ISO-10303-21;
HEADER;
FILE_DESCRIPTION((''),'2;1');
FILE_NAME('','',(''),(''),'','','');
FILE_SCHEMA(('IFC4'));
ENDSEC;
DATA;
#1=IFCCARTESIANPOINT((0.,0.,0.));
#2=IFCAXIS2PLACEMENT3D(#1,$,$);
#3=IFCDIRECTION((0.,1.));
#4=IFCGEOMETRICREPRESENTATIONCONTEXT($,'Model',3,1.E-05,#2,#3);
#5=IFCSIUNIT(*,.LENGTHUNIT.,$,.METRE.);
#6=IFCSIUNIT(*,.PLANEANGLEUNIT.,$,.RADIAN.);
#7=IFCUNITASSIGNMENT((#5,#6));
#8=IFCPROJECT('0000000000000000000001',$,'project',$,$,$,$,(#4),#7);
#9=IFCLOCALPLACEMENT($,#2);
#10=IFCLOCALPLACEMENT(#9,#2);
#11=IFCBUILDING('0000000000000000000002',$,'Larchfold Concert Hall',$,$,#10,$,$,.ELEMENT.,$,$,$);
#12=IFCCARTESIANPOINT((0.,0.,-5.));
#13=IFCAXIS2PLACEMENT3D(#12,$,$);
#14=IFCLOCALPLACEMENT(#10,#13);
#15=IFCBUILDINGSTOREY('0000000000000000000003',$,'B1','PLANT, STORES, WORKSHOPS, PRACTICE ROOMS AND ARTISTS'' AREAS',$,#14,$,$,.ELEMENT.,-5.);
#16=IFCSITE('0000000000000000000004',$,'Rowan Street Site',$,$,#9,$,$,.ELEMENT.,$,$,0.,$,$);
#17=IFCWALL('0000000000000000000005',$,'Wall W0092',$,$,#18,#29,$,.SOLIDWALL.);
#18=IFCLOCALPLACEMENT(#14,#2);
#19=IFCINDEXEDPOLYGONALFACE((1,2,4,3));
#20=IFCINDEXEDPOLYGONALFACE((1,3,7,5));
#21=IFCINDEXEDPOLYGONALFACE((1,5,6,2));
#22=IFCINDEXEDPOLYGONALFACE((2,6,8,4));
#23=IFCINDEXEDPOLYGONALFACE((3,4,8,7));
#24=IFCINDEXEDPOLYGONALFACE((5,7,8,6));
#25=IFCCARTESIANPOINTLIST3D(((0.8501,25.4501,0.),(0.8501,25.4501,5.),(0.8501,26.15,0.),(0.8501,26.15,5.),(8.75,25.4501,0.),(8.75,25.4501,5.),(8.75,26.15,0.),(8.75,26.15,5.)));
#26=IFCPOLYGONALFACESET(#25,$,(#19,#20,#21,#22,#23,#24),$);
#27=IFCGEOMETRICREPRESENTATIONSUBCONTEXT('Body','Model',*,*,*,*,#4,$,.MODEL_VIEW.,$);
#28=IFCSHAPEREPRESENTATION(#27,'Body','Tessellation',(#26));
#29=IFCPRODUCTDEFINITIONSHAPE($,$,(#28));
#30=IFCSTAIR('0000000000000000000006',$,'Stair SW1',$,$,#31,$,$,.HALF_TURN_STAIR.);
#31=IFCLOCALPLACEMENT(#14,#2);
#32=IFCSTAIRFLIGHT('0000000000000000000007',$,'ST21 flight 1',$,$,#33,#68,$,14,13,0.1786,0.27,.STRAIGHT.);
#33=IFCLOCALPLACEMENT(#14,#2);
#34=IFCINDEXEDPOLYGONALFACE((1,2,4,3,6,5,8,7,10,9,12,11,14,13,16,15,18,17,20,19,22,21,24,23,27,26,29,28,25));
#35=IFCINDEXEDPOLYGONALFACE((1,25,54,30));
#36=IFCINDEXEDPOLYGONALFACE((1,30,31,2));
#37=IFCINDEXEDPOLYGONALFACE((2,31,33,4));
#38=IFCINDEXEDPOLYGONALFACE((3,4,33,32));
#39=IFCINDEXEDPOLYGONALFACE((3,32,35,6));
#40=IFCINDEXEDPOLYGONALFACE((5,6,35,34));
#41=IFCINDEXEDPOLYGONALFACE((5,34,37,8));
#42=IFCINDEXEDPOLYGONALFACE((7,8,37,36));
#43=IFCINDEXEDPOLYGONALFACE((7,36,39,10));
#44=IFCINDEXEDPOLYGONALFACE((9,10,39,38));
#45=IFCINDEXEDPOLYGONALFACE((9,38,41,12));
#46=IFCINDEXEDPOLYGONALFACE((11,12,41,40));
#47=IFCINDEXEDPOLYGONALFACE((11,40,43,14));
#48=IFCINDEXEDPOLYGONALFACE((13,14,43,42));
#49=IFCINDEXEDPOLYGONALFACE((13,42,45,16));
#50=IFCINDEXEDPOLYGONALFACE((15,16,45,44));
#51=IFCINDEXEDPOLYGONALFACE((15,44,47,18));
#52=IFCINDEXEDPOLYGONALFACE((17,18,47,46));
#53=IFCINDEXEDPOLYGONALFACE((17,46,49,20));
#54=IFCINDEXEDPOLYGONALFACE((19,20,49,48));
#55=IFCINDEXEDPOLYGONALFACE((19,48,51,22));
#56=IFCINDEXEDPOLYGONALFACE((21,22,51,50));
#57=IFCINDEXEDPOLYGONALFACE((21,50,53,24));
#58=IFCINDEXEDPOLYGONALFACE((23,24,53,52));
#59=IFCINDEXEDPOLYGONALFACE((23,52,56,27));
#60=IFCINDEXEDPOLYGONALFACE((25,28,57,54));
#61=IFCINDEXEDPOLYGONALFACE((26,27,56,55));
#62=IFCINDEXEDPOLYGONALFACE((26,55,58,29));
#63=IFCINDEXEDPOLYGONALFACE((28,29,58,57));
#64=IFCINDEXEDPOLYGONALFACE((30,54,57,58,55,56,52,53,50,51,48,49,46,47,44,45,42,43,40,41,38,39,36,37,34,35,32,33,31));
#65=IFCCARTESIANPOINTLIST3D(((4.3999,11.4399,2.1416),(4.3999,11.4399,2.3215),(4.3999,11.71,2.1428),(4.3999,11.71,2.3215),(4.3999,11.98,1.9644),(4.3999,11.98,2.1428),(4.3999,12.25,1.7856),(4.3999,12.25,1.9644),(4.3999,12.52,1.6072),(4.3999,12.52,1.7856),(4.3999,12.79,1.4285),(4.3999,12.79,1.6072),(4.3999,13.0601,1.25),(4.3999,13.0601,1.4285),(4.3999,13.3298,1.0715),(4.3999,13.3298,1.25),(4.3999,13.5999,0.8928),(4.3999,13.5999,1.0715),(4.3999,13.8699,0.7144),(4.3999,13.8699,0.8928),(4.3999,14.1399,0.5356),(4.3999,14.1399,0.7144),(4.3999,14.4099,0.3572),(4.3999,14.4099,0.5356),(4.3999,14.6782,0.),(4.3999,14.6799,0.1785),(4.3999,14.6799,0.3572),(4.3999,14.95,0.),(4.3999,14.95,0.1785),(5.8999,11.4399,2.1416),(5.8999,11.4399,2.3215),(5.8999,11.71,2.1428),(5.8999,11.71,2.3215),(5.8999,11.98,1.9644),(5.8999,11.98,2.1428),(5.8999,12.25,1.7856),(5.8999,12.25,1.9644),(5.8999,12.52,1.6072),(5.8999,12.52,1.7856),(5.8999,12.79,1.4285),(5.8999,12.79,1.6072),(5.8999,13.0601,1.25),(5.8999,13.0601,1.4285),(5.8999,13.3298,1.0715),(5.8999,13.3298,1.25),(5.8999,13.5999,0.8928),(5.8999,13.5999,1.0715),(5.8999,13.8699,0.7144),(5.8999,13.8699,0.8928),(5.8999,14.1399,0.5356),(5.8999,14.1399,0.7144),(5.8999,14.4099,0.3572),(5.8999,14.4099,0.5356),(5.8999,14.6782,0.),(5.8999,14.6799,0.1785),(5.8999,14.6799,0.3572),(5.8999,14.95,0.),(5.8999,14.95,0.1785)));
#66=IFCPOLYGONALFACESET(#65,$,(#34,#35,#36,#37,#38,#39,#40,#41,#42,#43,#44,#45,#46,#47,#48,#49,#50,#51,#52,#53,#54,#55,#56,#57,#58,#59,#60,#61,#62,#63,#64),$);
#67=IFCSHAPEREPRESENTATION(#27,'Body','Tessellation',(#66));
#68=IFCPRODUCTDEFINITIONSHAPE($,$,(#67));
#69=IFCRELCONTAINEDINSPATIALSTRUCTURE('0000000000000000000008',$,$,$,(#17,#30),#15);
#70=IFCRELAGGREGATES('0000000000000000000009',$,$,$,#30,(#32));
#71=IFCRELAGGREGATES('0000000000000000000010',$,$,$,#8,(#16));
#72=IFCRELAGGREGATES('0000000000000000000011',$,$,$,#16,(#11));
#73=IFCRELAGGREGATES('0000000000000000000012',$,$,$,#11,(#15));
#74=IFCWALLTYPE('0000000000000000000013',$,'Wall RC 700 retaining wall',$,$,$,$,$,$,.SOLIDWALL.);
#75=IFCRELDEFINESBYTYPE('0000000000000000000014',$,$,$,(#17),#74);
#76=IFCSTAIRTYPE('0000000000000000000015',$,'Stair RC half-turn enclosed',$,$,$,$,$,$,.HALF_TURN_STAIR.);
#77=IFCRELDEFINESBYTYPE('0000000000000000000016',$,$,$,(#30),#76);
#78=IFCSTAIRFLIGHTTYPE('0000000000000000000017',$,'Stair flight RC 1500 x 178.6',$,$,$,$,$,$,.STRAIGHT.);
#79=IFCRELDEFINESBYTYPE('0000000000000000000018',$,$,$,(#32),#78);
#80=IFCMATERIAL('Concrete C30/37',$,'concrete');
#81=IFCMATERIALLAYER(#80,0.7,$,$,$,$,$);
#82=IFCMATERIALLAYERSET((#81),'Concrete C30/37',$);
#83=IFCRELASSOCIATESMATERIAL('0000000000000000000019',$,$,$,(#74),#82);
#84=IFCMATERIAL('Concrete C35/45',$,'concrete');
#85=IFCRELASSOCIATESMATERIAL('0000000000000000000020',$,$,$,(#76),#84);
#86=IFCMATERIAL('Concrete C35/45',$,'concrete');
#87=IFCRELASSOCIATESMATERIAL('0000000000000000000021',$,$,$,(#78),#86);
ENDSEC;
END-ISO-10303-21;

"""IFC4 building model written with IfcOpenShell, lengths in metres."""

from ifc_helpers import new_model, si_unit, direction, frame, frame_2d, origin, place, context, subcontext, project, spatial, polyline, rectangle, outline, extrude, material, layer, layer_set, type_object, element, aggregate, save


model = new_model("IFC4")

# Units and contexts
model_context = context("Model", 3, precision=1e-05, world=origin(), true_north=direction((0.0, 1.0)))
body_context = subcontext(model_context, "Body", "Model", "MODEL_VIEW")
ifc_project = project(units=[si_unit("LENGTHUNIT", "METRE"), si_unit("PLANEANGLEUNIT", "RADIAN")], contexts=[model_context])

# Site, building, storey
site_placement = place(None, origin())
site = spatial("IfcSite", under=ifc_project, at=site_placement, Name="Rowan Street Site", CompositionType="ELEMENT", RefElevation=0.0)
building_placement = place(site_placement, origin())
building = spatial("IfcBuilding", under=site, at=building_placement, Name="Larchfold Concert Hall", CompositionType="ELEMENT")
storey_placement = place(building_placement, frame((0.0, 0.0, -5.0)))
storey = spatial("IfcBuildingStorey", under=building, at=storey_placement, Name="B1", Description="PLANT, STORES, WORKSHOPS, PRACTICE ROOMS AND ARTISTS' AREAS", CompositionType="ELEMENT", Elevation=-5.0)

# Wall
ifc_material_1 = material(Name="Concrete C30/37", Category="concrete")
ifc_layer_1 = layer(ifc_material_1, 0.7)
ifc_layer_set_1 = layer_set([ifc_layer_1], Name="Concrete C30/37")
wall_type_1 = type_object("IfcWallType", Name="Wall RC 700 retaining wall", PredefinedType="SOLIDWALL", material=ifc_layer_set_1)
wall_1_placement = place(storey_placement, frame((0.8501, 25.8, 0.0), z_axis=(0.0, 0.0, 1.0), x_axis=(1.0, 0.0, 0.0)))
element("IfcWall", 1, at=wall_1_placement, inside=storey, type_object=wall_type_1, Name="Wall W0092", PredefinedType="SOLIDWALL", context=body_context, shape_type="SweptSolid", body=[
    extrude(rectangle(XDim=7.8999, YDim=0.7, at=frame_2d((3.95, 0.0))), origin(), (0.0, 0.0, 1.0), 5.0),
])

# Stair, stair flight
ifc_material_2 = material(Name="Concrete C35/45", Category="concrete")
stair_type = type_object("IfcStairType", Name="Stair RC half-turn enclosed", PredefinedType="HALF_TURN_STAIR", material=ifc_material_2)
stair_placement = place(storey_placement, origin())
stair = element("IfcStair", 2, at=stair_placement, inside=storey, type_object=stair_type, Name="Stair SW1", PredefinedType="HALF_TURN_STAIR")
ifc_material_3 = material(Name="Concrete C35/45", Category="concrete")
stair_flight_type = type_object("IfcStairFlightType", Name="Stair flight RC 1500 x 178.6", PredefinedType="STRAIGHT", material=ifc_material_3)
stair_flight_placement = place(storey_placement, frame((5.1499, 14.95, 0.0), z_axis=(0.0, 0.0, 1.0), x_axis=(0.0, -1.0, 0.0)))
stair_flight = element("IfcStairFlight", 3, at=stair_flight_placement, type_object=stair_flight_type, Name="ST21 flight 1", NumberOfRisers=14, NumberOfTreads=13, PredefinedType="STRAIGHT", RiserHeight=0.1786, TreadLength=0.27, context=body_context, shape_type="SweptSolid", body=[
    extrude(outline(polyline([(0.0, 0.0), (0.0, 0.1785), (0.27, 0.1785), (0.27, 0.3572), (0.54, 0.3572), (0.54, 0.5356), (0.8101, 0.5356), (0.8101, 0.7144), (1.0801, 0.7144), (1.0801, 0.8928), (1.3501, 0.8928), (1.3501, 1.0715), (1.6201, 1.0715), (1.6201, 1.25), (1.8899, 1.25), (1.8899, 1.4285), (2.1599, 1.4285), (2.1599, 1.6072), (2.4299, 1.6072), (2.4299, 1.7856), (2.7, 1.7856), (2.7, 1.9644), (2.97, 1.9644), (2.97, 2.1428), (3.24, 2.1428), (3.24, 2.3215), (3.51, 2.3215), (3.51, 2.5), (3.51, 2.1416), (0.2717, 0.0), (0.0, 0.0)])), frame((0.0, 0.75, 0.0), z_axis=(0.0, -1.0, 0.0), x_axis=(1.0, 0.0, 0.0)), (0.0, 0.0, 1.0), 1.5),
])
aggregate(stair, [stair_flight])

save(model, "model.ifc")
